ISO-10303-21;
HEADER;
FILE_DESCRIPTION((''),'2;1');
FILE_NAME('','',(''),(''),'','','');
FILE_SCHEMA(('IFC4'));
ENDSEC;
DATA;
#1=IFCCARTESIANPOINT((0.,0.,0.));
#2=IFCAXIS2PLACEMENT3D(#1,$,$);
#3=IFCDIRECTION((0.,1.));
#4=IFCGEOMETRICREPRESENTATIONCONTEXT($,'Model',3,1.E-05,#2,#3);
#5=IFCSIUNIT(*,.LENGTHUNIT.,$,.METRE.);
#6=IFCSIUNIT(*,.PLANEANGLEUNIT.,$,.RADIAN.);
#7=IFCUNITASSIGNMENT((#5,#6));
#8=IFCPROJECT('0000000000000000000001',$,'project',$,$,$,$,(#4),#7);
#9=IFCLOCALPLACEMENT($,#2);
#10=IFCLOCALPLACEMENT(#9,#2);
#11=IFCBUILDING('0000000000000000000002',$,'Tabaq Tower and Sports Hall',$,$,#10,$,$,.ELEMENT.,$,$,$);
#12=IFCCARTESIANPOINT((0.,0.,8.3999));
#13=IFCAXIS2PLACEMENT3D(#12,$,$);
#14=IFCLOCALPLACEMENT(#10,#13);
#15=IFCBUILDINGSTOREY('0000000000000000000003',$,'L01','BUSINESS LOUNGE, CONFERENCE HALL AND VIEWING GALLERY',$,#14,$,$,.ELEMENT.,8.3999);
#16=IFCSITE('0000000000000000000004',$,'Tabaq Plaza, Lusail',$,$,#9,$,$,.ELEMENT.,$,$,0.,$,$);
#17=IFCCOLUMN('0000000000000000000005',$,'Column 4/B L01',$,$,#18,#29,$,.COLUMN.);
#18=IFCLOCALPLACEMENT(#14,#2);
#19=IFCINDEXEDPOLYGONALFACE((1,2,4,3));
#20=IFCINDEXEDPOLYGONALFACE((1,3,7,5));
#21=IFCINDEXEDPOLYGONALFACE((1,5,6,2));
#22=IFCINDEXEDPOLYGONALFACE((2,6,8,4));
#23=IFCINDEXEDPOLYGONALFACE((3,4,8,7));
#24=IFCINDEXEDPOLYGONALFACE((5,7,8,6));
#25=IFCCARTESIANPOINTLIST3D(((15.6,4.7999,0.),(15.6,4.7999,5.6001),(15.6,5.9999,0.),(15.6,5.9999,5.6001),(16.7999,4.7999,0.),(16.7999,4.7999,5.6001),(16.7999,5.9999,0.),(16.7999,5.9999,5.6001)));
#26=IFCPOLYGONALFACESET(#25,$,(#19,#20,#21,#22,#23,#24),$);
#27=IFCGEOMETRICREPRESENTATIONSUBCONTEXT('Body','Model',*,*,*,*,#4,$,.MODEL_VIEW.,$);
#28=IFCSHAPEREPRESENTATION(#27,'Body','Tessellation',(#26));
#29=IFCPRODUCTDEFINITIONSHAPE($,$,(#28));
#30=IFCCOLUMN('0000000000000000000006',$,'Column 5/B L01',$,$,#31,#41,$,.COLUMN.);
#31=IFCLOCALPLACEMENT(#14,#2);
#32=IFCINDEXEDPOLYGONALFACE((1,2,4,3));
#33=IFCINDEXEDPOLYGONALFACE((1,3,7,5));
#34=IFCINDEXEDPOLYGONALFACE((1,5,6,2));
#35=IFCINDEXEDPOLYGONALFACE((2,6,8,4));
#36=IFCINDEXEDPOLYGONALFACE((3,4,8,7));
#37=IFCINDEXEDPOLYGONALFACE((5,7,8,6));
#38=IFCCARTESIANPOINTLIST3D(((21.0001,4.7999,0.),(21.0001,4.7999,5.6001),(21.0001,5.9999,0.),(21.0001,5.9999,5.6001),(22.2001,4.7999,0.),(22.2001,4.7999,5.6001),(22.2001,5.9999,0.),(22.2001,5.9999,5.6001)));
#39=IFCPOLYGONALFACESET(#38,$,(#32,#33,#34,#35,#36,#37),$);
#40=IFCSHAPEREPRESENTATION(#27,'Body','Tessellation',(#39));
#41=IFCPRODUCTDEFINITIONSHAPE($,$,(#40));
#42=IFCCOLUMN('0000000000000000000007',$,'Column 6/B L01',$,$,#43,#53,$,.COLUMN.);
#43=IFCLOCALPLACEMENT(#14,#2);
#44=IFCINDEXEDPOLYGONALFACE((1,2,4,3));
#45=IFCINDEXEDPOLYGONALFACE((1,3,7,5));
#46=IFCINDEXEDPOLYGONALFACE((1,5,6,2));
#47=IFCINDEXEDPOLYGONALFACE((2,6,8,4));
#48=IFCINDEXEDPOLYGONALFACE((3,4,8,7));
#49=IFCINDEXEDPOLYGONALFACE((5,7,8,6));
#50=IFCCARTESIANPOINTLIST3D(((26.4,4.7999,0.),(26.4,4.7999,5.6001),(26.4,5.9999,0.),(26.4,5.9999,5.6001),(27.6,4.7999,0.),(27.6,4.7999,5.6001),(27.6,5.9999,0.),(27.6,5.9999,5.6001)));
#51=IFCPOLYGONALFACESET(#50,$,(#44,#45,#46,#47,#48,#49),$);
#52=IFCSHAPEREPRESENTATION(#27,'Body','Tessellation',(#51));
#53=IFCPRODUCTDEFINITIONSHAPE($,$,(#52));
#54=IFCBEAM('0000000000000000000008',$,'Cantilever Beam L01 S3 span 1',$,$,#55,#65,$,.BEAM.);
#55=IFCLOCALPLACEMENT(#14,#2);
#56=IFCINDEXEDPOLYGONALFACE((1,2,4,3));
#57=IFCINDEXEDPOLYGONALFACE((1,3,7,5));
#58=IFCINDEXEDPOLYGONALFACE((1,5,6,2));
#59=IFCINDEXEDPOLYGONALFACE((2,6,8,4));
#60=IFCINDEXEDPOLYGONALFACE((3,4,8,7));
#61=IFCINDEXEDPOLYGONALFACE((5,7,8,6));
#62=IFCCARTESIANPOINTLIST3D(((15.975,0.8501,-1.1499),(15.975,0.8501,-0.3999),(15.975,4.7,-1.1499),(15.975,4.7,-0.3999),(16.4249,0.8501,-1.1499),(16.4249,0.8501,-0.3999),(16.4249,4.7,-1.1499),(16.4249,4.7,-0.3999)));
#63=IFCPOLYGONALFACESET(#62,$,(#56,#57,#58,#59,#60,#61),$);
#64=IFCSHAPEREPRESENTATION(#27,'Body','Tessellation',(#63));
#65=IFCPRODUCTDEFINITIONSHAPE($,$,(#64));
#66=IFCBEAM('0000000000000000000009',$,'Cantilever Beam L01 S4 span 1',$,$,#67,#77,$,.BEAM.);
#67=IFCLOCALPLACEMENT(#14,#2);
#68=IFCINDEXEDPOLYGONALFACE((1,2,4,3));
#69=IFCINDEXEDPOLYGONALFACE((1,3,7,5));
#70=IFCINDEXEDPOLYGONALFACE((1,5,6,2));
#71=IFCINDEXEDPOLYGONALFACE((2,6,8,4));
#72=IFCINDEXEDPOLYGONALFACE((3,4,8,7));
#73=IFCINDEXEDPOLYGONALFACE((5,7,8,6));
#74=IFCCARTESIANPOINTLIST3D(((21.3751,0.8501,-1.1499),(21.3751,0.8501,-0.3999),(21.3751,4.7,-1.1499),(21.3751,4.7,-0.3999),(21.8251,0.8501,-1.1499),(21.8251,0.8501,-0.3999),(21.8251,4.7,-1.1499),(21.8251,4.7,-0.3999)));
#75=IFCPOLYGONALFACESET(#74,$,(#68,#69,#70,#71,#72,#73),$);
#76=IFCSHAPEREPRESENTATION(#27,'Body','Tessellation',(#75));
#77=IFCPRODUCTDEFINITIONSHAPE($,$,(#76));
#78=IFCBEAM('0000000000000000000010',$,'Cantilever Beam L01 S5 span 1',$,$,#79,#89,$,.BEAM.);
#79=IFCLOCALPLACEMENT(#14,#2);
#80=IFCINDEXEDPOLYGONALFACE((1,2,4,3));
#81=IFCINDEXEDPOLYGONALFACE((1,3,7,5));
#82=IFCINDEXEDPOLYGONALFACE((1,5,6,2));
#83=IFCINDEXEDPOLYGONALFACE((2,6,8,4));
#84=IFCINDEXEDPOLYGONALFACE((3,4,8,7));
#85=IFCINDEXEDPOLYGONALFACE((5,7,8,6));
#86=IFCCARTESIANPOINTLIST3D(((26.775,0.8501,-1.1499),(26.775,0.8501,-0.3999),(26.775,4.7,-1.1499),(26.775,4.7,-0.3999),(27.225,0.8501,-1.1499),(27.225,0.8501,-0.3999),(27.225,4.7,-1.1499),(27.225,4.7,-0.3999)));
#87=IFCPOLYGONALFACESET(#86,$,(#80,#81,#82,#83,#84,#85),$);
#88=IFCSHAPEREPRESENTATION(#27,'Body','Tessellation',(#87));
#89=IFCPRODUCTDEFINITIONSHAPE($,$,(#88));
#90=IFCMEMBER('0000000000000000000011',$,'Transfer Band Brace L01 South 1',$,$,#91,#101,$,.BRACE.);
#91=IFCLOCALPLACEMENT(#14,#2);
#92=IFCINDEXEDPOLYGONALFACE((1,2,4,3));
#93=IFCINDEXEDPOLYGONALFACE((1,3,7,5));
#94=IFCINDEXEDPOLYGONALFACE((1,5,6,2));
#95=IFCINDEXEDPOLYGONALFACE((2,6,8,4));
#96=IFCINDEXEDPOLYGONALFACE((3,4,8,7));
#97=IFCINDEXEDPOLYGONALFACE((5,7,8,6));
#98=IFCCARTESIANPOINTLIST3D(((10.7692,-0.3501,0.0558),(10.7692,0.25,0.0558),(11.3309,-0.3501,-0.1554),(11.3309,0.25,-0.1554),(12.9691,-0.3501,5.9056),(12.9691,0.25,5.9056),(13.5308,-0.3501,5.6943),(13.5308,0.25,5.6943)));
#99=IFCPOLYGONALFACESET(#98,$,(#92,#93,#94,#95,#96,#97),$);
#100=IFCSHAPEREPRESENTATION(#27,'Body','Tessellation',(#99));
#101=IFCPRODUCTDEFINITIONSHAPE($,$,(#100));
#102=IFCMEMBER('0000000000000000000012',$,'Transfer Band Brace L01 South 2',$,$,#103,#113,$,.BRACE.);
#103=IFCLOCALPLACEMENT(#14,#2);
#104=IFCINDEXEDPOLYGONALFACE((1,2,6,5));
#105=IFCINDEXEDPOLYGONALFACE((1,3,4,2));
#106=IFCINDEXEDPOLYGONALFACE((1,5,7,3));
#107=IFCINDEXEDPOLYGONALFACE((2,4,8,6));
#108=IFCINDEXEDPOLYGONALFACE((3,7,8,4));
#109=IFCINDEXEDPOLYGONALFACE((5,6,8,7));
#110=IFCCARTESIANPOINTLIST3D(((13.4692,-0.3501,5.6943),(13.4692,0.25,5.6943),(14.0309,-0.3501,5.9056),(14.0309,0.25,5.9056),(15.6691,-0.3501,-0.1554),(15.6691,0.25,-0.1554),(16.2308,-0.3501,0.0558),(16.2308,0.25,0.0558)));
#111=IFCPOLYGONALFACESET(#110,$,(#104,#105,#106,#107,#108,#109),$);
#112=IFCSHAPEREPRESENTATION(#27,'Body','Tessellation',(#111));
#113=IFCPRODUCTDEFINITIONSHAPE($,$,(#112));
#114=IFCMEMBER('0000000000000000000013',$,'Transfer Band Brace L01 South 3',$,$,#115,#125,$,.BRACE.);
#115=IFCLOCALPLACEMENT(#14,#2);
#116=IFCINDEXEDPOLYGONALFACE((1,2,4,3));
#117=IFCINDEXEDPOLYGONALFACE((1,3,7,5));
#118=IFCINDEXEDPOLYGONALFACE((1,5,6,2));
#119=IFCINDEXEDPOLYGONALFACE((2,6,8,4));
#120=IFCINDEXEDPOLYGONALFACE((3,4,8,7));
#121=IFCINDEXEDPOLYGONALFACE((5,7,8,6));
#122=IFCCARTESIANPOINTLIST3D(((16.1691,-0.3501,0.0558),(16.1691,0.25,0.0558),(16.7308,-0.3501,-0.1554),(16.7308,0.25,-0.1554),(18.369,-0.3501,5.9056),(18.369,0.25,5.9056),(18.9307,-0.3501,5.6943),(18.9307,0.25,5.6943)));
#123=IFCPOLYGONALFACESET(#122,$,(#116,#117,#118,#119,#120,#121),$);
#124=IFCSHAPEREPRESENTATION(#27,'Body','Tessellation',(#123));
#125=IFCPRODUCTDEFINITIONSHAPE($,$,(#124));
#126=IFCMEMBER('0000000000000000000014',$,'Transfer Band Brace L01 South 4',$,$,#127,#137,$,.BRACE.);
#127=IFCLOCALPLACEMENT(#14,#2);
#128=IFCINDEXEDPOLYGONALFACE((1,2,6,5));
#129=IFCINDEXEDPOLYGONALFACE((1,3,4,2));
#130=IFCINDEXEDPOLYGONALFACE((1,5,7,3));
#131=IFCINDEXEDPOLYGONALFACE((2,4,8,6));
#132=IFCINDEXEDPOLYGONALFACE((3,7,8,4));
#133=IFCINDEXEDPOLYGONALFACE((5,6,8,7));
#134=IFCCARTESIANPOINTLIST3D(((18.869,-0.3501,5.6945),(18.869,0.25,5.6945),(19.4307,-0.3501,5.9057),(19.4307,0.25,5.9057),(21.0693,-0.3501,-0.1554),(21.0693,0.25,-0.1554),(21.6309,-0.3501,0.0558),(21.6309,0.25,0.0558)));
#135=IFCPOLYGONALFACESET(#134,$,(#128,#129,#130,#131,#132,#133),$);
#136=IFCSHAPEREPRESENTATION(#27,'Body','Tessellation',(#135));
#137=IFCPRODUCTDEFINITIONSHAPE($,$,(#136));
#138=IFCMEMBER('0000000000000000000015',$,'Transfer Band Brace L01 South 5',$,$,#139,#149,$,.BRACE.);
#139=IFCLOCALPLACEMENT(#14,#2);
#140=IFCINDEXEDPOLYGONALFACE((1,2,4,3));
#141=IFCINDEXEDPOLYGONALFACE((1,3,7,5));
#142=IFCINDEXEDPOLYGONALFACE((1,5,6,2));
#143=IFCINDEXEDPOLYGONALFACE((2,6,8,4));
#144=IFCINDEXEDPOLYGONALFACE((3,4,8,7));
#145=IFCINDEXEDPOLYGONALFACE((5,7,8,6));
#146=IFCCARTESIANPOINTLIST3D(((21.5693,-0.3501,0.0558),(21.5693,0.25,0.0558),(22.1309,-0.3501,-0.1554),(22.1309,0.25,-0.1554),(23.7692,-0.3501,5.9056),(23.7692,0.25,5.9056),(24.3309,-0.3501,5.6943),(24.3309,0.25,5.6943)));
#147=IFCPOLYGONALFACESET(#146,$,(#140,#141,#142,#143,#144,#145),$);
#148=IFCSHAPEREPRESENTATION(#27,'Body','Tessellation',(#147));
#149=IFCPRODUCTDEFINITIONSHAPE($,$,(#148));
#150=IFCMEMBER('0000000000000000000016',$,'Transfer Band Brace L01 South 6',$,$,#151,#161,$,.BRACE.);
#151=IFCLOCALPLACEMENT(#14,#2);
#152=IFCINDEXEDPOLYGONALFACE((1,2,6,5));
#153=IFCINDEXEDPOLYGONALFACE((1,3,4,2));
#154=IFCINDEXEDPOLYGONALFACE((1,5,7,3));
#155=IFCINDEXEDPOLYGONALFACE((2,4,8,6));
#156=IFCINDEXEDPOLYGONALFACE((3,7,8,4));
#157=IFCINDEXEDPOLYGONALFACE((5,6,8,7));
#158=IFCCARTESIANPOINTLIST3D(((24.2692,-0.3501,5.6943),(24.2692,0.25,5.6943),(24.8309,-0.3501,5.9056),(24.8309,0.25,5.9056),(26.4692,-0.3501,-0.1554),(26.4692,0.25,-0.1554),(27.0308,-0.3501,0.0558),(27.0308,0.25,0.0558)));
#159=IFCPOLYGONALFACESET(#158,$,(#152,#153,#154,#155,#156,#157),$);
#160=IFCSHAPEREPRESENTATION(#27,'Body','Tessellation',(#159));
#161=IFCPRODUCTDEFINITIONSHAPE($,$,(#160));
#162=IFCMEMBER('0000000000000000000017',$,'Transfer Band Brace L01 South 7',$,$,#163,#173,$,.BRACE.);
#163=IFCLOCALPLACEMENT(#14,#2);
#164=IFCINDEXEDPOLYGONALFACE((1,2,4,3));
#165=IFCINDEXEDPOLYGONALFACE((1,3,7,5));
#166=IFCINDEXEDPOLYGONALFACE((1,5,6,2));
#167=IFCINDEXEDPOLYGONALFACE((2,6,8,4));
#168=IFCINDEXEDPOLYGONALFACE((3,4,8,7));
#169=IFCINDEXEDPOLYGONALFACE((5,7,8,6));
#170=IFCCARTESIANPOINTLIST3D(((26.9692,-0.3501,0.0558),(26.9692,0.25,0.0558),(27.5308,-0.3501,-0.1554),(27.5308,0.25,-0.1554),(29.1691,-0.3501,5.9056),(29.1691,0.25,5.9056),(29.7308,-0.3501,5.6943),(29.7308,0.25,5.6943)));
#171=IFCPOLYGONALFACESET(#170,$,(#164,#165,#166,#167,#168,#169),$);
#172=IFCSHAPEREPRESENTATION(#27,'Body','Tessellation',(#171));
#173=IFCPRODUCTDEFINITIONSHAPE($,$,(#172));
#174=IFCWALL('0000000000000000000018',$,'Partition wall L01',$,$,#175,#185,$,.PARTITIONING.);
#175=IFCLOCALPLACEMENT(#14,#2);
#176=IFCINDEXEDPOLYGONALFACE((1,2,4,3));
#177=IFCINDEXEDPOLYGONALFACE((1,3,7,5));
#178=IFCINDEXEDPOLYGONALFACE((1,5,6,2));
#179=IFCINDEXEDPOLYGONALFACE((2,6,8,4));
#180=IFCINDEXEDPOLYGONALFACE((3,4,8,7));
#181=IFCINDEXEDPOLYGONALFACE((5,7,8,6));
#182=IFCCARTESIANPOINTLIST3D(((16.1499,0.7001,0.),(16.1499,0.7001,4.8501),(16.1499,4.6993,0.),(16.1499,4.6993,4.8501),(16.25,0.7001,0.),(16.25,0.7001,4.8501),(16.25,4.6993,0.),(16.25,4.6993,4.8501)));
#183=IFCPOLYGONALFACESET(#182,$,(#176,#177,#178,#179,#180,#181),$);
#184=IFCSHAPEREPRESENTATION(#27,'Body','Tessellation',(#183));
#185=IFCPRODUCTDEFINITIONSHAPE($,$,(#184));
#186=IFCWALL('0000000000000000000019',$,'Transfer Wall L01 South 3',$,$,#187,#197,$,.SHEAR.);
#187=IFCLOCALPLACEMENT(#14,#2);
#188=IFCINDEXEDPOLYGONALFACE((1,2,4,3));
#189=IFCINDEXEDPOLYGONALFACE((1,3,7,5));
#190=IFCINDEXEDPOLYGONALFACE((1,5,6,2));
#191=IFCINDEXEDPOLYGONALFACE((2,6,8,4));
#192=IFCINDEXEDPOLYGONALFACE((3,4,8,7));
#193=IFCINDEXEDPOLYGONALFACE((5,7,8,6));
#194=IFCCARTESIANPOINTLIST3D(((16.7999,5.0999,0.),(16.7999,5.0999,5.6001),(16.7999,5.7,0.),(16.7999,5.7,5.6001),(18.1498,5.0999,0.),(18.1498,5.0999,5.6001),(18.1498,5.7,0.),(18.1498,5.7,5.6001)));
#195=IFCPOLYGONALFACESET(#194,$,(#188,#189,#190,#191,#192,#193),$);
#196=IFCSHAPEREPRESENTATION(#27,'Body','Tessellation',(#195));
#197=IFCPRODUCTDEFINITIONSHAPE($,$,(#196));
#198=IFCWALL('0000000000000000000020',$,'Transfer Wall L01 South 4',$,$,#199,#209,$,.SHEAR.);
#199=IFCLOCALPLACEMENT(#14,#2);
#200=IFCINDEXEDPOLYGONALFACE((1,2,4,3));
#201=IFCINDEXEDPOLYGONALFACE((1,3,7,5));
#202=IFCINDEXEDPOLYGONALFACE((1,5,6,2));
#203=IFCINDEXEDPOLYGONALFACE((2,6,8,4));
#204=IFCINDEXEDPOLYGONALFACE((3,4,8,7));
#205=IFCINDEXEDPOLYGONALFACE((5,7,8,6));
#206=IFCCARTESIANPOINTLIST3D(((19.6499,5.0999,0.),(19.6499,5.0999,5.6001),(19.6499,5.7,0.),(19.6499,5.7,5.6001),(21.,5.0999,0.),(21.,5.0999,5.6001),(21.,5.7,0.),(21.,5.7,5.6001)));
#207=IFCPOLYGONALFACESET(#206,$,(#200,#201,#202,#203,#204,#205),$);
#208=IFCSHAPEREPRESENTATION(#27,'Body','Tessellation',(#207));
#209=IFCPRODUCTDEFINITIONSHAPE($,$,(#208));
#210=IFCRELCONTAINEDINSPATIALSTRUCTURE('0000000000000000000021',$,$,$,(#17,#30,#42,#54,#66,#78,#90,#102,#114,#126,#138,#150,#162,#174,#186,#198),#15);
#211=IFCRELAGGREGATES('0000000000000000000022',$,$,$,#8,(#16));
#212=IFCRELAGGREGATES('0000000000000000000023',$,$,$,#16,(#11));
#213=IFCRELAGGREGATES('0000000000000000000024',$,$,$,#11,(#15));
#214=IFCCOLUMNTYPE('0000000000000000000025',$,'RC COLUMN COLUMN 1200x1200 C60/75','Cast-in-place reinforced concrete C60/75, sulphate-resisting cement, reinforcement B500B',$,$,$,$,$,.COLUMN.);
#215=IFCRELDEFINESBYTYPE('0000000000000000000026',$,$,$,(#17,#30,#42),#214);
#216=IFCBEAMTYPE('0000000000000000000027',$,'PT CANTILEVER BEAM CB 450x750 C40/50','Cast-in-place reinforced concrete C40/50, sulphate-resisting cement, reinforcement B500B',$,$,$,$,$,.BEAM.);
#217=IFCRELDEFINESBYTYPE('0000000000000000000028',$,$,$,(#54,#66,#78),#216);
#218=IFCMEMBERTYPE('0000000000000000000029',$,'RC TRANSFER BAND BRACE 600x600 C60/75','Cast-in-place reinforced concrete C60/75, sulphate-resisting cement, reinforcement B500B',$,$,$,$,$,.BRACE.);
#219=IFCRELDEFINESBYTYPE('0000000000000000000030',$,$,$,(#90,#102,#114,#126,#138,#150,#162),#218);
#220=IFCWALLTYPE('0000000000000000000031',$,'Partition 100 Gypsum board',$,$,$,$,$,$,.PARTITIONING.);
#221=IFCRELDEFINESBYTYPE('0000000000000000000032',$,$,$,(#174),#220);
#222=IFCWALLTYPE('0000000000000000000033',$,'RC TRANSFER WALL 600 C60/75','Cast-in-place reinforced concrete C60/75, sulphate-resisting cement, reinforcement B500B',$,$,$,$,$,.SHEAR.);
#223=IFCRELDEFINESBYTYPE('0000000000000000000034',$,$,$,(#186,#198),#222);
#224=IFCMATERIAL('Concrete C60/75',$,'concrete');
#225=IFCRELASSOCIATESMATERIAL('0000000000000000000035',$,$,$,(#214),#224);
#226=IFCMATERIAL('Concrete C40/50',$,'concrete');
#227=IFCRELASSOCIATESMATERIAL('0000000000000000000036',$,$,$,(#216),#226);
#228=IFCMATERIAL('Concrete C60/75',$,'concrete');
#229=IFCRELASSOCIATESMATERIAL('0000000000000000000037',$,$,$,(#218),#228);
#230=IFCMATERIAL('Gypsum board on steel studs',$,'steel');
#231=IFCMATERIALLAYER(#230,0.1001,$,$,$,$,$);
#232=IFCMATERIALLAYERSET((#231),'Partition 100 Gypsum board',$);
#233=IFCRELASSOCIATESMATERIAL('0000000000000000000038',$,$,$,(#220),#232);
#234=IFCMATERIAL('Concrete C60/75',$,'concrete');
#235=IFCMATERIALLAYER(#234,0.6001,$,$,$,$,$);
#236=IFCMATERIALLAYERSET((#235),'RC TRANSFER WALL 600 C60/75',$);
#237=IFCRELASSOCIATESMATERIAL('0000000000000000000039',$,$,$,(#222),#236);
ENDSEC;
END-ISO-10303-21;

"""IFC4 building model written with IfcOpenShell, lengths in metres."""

from ifc_helpers import new_model, si_unit, direction, frame, frame_2d, origin, origin_2d, place, context, subcontext, project, spatial, rectangle, extrude, material, layer, layer_set, material_profile, profile_set, type_object, element, save


model = new_model("IFC4")

# Units and contexts
model_context = context("Model", 3, precision=1e-05, world=origin(), true_north=direction((0.0, 1.0)))
body_context = subcontext(model_context, "Body", "Model", "MODEL_VIEW")
ifc_project = project(units=[si_unit("LENGTHUNIT", "METRE"), si_unit("PLANEANGLEUNIT", "RADIAN")], contexts=[model_context])

# Site, building, storey
site_placement = place(None, origin())
site = spatial("IfcSite", under=ifc_project, at=site_placement, Name="Tabaq Plaza, Lusail", CompositionType="ELEMENT", RefElevation=0.0)
building_placement = place(site_placement, origin())
building = spatial("IfcBuilding", under=site, at=building_placement, Name="Tabaq Tower and Sports Hall", CompositionType="ELEMENT")
storey_placement = place(building_placement, frame((0.0, 0.0, 8.3999)))
storey = spatial("IfcBuildingStorey", under=building, at=storey_placement, Name="L01", Description="BUSINESS LOUNGE, CONFERENCE HALL AND VIEWING GALLERY", CompositionType="ELEMENT", Elevation=8.3999)

# Columns
ifc_material_1 = material(Name="Concrete C60/75", Category="concrete")
ifc_material_profile_1 = material_profile(ifc_material_1, rectangle(XDim=1.2, YDim=1.2, at=origin_2d()), Name="COLUMN 1200x1200")
ifc_profile_set_1 = profile_set([ifc_material_profile_1], Name="Concrete C60/75")
column_type = type_object("IfcColumnType", Name="RC COLUMN COLUMN 1200x1200 C60/75", Description="Cast-in-place reinforced concrete C60/75, sulphate-resisting cement, reinforcement B500B", PredefinedType="COLUMN", material=ifc_profile_set_1)
for number, where, z_axis, x_axis, name in (
    (1, (16.2, 5.3999, 0.0), (0.0, 0.0, 1.0), (1.0, 0.0, 0.0), "Column 4/B L01"),
    (2, (21.6001, 5.3999, 0.0), (0.0, 0.0, 1.0), (1.0, 0.0, 0.0), "Column 5/B L01"),
    (3, (27.0, 5.3999, 0.0), (0.0, 0.0, 1.0), (1.0, 0.0, 0.0), "Column 6/B L01"),
):
    element("IfcColumn", number, at=place(storey_placement, frame(where, z_axis=z_axis, x_axis=x_axis)), inside=storey, type_object=column_type, Name=name, PredefinedType="COLUMN", context=body_context, shape_type="SweptSolid", body=[
        extrude(rectangle(XDim=1.2, YDim=1.2, at=origin_2d()), origin(), (0.0, 0.0, 1.0), 5.6001),
    ])

# Beams
ifc_material_2 = material(Name="Concrete C40/50", Category="concrete")
ifc_material_profile_2 = material_profile(ifc_material_2, rectangle(XDim=0.45, YDim=0.75, at=origin_2d()), Name="CB 450x750")
ifc_profile_set_2 = profile_set([ifc_material_profile_2], Name="Concrete C40/50")
beam_type = type_object("IfcBeamType", Name="PT CANTILEVER BEAM CB 450x750 C40/50", Description="Cast-in-place reinforced concrete C40/50, sulphate-resisting cement, reinforcement B500B", PredefinedType="BEAM", material=ifc_profile_set_2)
for number, where, z_axis, x_axis, name in (
    (4, (16.2, 0.8501, -0.7749), (0.0, 1.0, 0.0), (-1.0, 0.0, 0.0), "Cantilever Beam L01 S3 span 1"),
    (5, (21.6001, 0.8501, -0.7749), (0.0, 1.0, 0.0), (-1.0, 0.0, 0.0), "Cantilever Beam L01 S4 span 1"),
    (6, (27.0, 0.8501, -0.7749), (0.0, 1.0, 0.0), (-1.0, 0.0, 0.0), "Cantilever Beam L01 S5 span 1"),
):
    element("IfcBeam", number, at=place(storey_placement, frame(where, z_axis=z_axis, x_axis=x_axis)), inside=storey, type_object=beam_type, Name=name, PredefinedType="BEAM", context=body_context, shape_type="SweptSolid", body=[
        extrude(rectangle(XDim=0.45, YDim=0.75, at=origin_2d()), origin(), (0.0, 0.0, 1.0), 3.8499),
    ])

# Members
ifc_material_3 = material(Name="Concrete C60/75", Category="concrete")
ifc_material_profile_3 = material_profile(ifc_material_3, rectangle(XDim=0.6001, YDim=0.6001, at=origin_2d()), Name="TRANSFER BAND BRACE 600x600")
ifc_profile_set_3 = profile_set([ifc_material_profile_3], Name="Concrete C60/75")
member_type = type_object("IfcMemberType", Name="RC TRANSFER BAND BRACE 600x600 C60/75", Description="Cast-in-place reinforced concrete C60/75, sulphate-resisting cement, reinforcement B500B", PredefinedType="BRACE", material=ifc_profile_set_3)
for number, where, z_axis, x_axis, name in (
    (7, (11.05, -0.05, -0.0498), (0.352001, 0.0, 0.936), (0.0, 1.0, 0.0), "Transfer Band Brace L01 South 1"),
    (8, (15.95, -0.05, -0.0498), (-0.352001, 0.0, 0.936), (0.0, -1.0, 0.0), "Transfer Band Brace L01 South 2"),
    (9, (16.45, -0.05, -0.0498), (0.352001, 0.0, 0.936), (0.0, 1.0, 0.0), "Transfer Band Brace L01 South 3"),
):
    element("IfcMember", number, at=place(storey_placement, frame(where, z_axis=z_axis, x_axis=x_axis)), inside=storey, type_object=member_type, Name=name, PredefinedType="BRACE", context=body_context, shape_type="SweptSolid", body=[
        extrude(rectangle(XDim=0.6001, YDim=0.6001, at=origin_2d()), origin(), (0.0, 0.0, 1.0), 6.2498),
    ])
member_placement = place(storey_placement, frame((21.3501, -0.05, -0.0498), z_axis=(-0.352035, 0.0, 0.935987), x_axis=(0.0, -1.0, 0.0)))
element("IfcMember", 10, at=member_placement, inside=storey, type_object=member_type, Name="Transfer Band Brace L01 South 4", PredefinedType="BRACE", context=body_context, shape_type="SweptSolid", body=[
    extrude(rectangle(XDim=0.6001, YDim=0.6001, at=origin_2d()), origin(), (0.0, 0.0, 1.0), 6.25),
])
for number, where, z_axis, x_axis, name in (
    (11, (21.8501, -0.05, -0.0498), (0.352001, 0.0, 0.936), (0.0, 1.0, 0.0), "Transfer Band Brace L01 South 5"),
    (12, (26.75, -0.05, -0.0498), (-0.352001, 0.0, 0.936), (0.0, -1.0, 0.0), "Transfer Band Brace L01 South 6"),
    (13, (27.25, -0.05, -0.0498), (0.352001, 0.0, 0.936), (0.0, 1.0, 0.0), "Transfer Band Brace L01 South 7"),
):
    element("IfcMember", number, at=place(storey_placement, frame(where, z_axis=z_axis, x_axis=x_axis)), inside=storey, type_object=member_type, Name=name, PredefinedType="BRACE", context=body_context, shape_type="SweptSolid", body=[
        extrude(rectangle(XDim=0.6001, YDim=0.6001, at=origin_2d()), origin(), (0.0, 0.0, 1.0), 6.2498),
    ])

# Walls
ifc_material_4 = material(Name="Gypsum board on steel studs", Category="steel")
ifc_layer_1 = layer(ifc_material_4, 0.1001)
ifc_layer_set_1 = layer_set([ifc_layer_1], Name="Partition 100 Gypsum board")
wall_type_1 = type_object("IfcWallType", Name="Partition 100 Gypsum board", PredefinedType="PARTITIONING", material=ifc_layer_set_1)
wall_1_placement = place(storey_placement, frame((16.2, 4.6992, 0.0), z_axis=(0.0, 0.0, 1.0), x_axis=(0.0, -1.0, 0.0)))
element("IfcWall", 14, at=wall_1_placement, inside=storey, type_object=wall_type_1, Name="Partition wall L01", PredefinedType="PARTITIONING", context=body_context, shape_type="SweptSolid", body=[
    extrude(rectangle(XDim=3.9993, YDim=0.1001, at=frame_2d((1.9995, 0.0))), origin(), (0.0, 0.0, 1.0), 4.8501),
])
ifc_material_5 = material(Name="Concrete C60/75", Category="concrete")
ifc_layer_2 = layer(ifc_material_5, 0.6001)
ifc_layer_set_2 = layer_set([ifc_layer_2], Name="RC TRANSFER WALL 600 C60/75")
wall_type_2 = type_object("IfcWallType", Name="RC TRANSFER WALL 600 C60/75", Description="Cast-in-place reinforced concrete C60/75, sulphate-resisting cement, reinforcement B500B", PredefinedType="SHEAR", material=ifc_layer_set_2)
wall_2_placement = place(storey_placement, frame((16.8, 5.3999, 0.0), z_axis=(0.0, 0.0, 1.0), x_axis=(1.0, 0.0, 0.0)))
element("IfcWall", 15, at=wall_2_placement, inside=storey, type_object=wall_type_2, Name="Transfer Wall L01 South 3", PredefinedType="SHEAR", context=body_context, shape_type="SweptSolid", body=[
    extrude(rectangle(XDim=1.3499, YDim=0.6001, at=frame_2d((0.6748, 0.0))), origin(), (0.0, 0.0, 1.0), 5.6001),
])
wall_3_placement = place(storey_placement, frame((19.6499, 5.3999, 0.0), z_axis=(0.0, 0.0, 1.0), x_axis=(1.0, 0.0, 0.0)))
element("IfcWall", 16, at=wall_3_placement, inside=storey, type_object=wall_type_2, Name="Transfer Wall L01 South 4", PredefinedType="SHEAR", context=body_context, shape_type="SweptSolid", body=[
    extrude(rectangle(XDim=1.3501, YDim=0.6001, at=frame_2d((0.675, 0.0))), origin(), (0.0, 0.0, 1.0), 5.6001),
])

save(model, "model.ifc")
